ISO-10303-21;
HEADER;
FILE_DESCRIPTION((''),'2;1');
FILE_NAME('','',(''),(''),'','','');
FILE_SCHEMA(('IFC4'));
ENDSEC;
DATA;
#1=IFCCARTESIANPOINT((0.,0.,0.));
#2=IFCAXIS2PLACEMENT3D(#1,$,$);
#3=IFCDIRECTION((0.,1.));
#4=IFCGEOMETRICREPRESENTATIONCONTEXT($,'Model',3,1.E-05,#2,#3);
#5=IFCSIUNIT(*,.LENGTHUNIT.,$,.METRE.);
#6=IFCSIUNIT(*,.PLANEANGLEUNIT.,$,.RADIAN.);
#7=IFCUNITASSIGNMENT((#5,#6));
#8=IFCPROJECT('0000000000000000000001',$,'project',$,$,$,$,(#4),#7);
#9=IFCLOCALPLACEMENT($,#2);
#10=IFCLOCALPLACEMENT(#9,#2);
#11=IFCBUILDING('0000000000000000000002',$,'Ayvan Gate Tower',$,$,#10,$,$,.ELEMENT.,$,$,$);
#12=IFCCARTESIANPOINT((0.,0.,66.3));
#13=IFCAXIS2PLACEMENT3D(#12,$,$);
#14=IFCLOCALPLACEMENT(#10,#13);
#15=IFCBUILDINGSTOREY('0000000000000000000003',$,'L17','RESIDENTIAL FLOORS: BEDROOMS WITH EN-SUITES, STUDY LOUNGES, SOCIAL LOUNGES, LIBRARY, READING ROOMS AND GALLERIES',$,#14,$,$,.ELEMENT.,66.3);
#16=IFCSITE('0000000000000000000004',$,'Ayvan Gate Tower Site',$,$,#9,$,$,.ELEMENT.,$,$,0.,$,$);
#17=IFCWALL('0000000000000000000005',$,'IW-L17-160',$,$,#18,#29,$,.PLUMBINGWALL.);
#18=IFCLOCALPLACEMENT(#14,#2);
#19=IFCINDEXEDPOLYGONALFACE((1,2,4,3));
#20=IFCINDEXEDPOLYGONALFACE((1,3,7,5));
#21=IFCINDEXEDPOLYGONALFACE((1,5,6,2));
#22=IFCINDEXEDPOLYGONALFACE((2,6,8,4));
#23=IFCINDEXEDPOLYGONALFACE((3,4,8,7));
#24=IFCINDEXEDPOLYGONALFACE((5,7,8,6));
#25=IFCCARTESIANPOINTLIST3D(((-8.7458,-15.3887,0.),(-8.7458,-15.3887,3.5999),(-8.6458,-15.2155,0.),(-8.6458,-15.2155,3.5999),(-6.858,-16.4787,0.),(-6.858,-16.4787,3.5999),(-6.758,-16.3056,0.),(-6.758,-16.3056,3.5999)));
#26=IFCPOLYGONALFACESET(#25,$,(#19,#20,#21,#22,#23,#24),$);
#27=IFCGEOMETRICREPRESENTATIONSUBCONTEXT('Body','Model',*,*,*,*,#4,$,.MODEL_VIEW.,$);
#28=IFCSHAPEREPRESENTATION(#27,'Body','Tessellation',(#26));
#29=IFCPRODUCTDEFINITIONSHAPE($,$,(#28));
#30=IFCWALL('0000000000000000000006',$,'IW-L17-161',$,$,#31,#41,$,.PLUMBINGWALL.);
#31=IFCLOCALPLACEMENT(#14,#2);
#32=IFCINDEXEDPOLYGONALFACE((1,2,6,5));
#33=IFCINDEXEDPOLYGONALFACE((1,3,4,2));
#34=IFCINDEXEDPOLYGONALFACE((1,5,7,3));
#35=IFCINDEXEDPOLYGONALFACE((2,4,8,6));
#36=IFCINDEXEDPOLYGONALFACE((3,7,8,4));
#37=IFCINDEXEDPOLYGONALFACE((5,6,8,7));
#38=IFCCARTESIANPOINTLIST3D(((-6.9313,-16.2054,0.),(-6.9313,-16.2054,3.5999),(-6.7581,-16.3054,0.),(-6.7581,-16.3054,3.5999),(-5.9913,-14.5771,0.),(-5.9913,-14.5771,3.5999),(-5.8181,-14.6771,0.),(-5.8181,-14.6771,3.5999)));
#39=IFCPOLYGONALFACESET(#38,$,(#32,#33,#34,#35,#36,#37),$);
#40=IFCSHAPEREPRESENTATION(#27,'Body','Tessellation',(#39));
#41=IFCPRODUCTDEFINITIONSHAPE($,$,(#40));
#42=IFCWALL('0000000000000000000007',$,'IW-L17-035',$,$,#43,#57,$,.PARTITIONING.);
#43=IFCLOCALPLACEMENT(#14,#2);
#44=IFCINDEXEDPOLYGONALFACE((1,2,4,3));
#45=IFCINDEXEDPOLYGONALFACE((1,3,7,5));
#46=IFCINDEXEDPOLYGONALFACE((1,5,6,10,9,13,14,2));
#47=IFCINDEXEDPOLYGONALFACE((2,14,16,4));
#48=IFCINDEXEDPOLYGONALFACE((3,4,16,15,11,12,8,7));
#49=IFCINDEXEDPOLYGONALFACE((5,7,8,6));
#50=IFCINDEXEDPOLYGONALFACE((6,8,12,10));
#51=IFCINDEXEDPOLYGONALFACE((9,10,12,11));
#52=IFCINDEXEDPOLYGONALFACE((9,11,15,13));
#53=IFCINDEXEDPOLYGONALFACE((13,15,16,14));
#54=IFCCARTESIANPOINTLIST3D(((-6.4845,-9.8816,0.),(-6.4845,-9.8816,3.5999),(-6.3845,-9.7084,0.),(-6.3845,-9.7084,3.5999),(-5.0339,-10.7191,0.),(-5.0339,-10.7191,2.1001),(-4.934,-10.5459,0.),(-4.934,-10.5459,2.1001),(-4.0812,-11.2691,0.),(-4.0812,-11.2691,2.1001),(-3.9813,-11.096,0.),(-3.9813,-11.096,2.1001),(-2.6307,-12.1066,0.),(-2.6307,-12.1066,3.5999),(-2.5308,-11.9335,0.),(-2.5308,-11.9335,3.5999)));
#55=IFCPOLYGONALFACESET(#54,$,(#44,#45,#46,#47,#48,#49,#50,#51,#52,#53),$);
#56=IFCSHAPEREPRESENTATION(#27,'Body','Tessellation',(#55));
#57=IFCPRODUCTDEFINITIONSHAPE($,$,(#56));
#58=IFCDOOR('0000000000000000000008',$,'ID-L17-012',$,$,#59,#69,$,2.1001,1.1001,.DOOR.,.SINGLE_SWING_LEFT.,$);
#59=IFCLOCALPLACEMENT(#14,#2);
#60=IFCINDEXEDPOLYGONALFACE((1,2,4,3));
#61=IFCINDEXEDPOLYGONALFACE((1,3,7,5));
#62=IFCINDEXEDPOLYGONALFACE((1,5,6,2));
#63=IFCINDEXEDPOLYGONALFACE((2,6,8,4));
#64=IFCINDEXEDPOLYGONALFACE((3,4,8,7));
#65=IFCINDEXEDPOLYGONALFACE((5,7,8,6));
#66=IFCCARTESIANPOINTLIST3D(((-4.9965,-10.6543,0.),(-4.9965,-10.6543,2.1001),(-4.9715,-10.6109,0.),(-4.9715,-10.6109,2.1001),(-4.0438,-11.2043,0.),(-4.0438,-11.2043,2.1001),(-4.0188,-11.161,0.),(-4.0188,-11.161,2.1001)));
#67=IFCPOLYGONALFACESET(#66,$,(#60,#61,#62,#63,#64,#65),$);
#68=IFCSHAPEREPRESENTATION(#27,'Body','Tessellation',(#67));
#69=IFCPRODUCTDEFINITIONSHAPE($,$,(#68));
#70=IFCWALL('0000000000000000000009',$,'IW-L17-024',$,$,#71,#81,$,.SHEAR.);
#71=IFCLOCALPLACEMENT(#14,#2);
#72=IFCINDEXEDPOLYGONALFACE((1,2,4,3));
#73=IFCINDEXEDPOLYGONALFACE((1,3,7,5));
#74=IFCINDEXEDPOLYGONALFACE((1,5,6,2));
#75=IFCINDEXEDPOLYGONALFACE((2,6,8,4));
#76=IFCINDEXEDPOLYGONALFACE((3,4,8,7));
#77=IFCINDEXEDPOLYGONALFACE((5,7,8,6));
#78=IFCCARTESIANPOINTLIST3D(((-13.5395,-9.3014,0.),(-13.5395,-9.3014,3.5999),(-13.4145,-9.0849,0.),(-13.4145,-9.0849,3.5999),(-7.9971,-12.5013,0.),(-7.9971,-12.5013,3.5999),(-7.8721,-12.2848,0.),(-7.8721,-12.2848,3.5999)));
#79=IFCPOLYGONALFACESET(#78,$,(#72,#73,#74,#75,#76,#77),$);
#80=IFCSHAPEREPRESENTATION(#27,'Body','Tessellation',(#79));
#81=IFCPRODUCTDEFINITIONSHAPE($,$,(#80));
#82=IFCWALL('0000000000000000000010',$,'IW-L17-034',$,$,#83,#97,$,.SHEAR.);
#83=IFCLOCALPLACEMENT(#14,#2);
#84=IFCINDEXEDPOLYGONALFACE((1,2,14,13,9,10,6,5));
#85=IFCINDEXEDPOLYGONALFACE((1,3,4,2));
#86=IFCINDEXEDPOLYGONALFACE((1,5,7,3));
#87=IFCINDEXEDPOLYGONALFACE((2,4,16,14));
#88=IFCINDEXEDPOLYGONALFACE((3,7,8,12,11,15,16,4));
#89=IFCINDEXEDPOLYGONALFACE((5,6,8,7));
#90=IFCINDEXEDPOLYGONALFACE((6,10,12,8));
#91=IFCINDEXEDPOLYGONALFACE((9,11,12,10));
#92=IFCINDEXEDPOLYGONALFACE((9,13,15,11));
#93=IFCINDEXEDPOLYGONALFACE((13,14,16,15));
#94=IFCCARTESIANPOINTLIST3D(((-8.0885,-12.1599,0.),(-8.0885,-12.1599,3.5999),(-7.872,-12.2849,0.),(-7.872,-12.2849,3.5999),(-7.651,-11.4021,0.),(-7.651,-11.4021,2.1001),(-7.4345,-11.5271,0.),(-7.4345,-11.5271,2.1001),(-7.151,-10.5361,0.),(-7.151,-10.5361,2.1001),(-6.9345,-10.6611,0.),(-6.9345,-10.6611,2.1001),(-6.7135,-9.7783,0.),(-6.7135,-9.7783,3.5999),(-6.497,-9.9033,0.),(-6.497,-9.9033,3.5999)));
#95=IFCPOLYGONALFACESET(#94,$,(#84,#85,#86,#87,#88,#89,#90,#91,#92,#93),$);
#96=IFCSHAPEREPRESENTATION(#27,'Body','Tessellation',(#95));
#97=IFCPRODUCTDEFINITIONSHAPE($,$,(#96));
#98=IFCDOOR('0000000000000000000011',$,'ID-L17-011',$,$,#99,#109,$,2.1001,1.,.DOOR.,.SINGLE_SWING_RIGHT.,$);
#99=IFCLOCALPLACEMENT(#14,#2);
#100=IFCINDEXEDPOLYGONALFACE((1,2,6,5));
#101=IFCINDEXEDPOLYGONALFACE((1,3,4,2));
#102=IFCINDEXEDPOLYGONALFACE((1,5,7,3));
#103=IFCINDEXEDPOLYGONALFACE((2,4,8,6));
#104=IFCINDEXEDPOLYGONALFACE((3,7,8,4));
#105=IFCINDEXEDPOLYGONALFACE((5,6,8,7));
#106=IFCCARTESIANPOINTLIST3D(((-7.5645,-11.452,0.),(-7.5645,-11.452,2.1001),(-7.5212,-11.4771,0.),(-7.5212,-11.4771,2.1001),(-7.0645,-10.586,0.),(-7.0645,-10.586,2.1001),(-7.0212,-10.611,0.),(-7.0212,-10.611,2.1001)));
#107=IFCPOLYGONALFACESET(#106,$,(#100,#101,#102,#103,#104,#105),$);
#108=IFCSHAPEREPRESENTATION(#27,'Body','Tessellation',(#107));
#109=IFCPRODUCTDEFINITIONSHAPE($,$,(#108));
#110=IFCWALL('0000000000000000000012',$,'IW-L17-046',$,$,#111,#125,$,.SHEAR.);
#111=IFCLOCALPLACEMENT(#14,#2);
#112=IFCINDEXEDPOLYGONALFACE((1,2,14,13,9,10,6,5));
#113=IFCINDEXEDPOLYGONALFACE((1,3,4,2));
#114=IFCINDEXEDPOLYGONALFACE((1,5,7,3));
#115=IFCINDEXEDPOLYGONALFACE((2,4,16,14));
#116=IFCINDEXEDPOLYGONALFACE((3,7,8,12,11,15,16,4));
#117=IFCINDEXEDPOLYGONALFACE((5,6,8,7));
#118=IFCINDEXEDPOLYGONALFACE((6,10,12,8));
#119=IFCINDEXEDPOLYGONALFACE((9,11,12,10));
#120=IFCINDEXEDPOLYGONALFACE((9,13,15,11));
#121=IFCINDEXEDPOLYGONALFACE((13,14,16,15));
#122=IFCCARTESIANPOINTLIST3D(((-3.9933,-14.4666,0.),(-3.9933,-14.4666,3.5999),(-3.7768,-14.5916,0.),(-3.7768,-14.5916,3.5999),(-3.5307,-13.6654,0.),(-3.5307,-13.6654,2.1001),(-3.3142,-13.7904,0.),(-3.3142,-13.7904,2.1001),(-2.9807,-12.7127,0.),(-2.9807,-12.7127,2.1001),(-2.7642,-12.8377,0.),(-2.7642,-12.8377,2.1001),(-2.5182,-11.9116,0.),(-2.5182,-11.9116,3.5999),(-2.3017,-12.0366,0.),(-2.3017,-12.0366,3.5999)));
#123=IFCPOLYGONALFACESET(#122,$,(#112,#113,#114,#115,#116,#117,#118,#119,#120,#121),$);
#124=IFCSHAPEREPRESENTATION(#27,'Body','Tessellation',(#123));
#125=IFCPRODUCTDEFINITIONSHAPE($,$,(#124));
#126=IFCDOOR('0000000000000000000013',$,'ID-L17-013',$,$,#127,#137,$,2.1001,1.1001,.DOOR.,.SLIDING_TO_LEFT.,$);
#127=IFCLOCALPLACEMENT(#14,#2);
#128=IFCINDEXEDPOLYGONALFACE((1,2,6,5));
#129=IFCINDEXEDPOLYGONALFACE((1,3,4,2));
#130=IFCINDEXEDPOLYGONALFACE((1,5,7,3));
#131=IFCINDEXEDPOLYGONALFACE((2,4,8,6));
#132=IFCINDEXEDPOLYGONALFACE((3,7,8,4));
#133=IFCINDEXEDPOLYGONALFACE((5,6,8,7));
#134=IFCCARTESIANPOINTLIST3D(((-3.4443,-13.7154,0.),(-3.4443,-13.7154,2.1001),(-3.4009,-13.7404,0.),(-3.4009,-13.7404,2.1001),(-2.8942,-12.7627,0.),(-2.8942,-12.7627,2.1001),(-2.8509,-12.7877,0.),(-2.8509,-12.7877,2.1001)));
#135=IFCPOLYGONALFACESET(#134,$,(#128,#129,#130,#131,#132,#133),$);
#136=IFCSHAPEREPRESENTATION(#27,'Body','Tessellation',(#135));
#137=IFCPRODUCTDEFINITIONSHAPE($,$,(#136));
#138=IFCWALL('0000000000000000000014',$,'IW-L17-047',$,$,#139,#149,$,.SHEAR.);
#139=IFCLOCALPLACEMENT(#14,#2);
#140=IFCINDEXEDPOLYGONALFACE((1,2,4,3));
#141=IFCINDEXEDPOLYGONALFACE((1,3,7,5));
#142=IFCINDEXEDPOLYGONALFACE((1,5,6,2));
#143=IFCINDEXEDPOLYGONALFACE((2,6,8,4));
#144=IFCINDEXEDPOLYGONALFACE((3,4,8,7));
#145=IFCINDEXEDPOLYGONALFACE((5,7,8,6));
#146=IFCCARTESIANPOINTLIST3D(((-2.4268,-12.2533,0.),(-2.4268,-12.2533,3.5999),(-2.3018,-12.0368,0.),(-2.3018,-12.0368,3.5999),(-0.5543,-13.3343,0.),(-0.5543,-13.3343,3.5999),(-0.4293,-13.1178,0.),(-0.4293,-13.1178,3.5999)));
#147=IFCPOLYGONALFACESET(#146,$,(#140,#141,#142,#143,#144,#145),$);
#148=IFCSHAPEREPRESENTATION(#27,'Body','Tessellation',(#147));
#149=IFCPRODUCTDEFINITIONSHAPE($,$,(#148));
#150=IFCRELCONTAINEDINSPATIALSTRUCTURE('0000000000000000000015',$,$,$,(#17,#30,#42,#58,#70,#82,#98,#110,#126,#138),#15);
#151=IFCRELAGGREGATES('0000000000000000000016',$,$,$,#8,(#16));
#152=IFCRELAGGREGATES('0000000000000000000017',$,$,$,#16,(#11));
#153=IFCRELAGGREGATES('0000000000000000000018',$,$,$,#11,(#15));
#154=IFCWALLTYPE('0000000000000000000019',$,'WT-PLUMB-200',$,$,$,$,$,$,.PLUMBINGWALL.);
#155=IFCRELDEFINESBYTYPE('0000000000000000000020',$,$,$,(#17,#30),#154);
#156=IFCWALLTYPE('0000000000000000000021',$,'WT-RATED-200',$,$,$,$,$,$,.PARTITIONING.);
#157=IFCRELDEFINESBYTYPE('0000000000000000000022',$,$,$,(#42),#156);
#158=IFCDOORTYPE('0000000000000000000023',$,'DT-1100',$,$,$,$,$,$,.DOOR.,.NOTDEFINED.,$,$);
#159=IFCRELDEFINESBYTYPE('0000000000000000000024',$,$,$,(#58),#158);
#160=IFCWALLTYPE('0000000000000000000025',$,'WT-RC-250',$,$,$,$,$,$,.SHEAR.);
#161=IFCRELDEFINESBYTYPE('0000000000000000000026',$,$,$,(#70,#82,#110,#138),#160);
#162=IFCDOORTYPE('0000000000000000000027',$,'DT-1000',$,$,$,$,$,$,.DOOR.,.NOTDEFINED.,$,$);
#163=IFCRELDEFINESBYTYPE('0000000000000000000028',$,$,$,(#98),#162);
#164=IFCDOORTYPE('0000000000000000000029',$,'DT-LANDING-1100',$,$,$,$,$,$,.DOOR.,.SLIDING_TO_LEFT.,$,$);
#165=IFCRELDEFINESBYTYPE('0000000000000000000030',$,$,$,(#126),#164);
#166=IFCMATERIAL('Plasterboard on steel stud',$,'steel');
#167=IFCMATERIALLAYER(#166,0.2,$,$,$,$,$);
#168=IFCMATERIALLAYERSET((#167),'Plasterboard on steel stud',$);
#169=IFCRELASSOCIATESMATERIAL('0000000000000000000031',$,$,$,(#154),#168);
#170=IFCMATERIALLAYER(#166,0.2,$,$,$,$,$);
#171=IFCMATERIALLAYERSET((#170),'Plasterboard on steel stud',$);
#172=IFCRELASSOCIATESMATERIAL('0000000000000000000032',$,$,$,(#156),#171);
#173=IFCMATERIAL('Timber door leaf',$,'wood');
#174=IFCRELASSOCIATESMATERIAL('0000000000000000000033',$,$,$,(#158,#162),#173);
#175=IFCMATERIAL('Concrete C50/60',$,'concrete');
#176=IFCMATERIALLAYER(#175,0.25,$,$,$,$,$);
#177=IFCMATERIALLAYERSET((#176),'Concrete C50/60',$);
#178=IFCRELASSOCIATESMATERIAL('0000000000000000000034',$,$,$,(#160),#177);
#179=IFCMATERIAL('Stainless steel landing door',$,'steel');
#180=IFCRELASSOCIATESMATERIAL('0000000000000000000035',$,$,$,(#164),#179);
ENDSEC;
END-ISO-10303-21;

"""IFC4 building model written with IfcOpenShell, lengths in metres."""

from ifc_helpers import new_model, si_unit, direction, frame, frame_2d, origin, place, context, subcontext, project, spatial, rectangle, extrude, material, layer, layer_set, type_object, element, fill, save


model = new_model("IFC4")

# Units and contexts
model_context = context("Model", 3, precision=1e-05, world=origin(), true_north=direction((0.0, 1.0)))
body_context = subcontext(model_context, "Body", "Model", "MODEL_VIEW")
ifc_project = project(units=[si_unit("LENGTHUNIT", "METRE"), si_unit("PLANEANGLEUNIT", "RADIAN")], contexts=[model_context])

# Site, building, storey
site_placement = place(None, origin())
site = spatial("IfcSite", under=ifc_project, at=site_placement, Name="Ayvan Gate Tower Site", CompositionType="ELEMENT", RefElevation=0.0)
building_placement = place(site_placement, origin())
building = spatial("IfcBuilding", under=site, at=building_placement, Name="Ayvan Gate Tower", CompositionType="ELEMENT")
storey_placement = place(building_placement, frame((0.0, 0.0, 66.3)))
storey = spatial("IfcBuildingStorey", under=building, at=storey_placement, Name="L17", Description="RESIDENTIAL FLOORS: BEDROOMS WITH EN-SUITES, STUDY LOUNGES, SOCIAL LOUNGES, LIBRARY, READING ROOMS AND GALLERIES", CompositionType="ELEMENT", Elevation=66.3)

# Walls
ifc_material_1 = material(Name="Plasterboard on steel stud", Category="steel")
ifc_layer_1 = layer(ifc_material_1, 0.2)
ifc_layer_set_1 = layer_set([ifc_layer_1], Name="Plasterboard on steel stud")
wall_type_1 = type_object("IfcWallType", Name="WT-PLUMB-200", PredefinedType="PLUMBINGWALL", material=ifc_layer_set_1)
wall_1_placement = place(storey_placement, frame((-6.8081, -16.3921, 0.0), z_axis=(0.0, 0.0, 1.0), x_axis=(-0.866008, 0.500029, 0.0)))
element("IfcWall", 1, at=wall_1_placement, inside=storey, type_object=wall_type_1, Name="IW-L17-160", PredefinedType="PLUMBINGWALL", context=body_context, shape_type="SweptSolid", body=[
    extrude(rectangle(XDim=2.1799, YDim=0.2, at=frame_2d((1.0898, 0.0))), origin(), (0.0, 0.0, 1.0), 3.5999),
])
wall_2_placement = place(storey_placement, frame((-5.9048, -14.6272, 0.0), z_axis=(0.0, 0.0, 1.0), x_axis=(-0.499966, -0.866045, 0.0)))
element("IfcWall", 2, at=wall_2_placement, inside=storey, type_object=wall_type_1, Name="IW-L17-161", PredefinedType="PLUMBINGWALL", context=body_context, shape_type="SweptSolid", body=[
    extrude(rectangle(XDim=1.8801, YDim=0.2, at=frame_2d((0.9399, 0.0))), origin(), (0.0, 0.0, 1.0), 3.5999),
])

# Wall, opening, door
ifc_layer_2 = layer(ifc_material_1, 0.2)
ifc_layer_set_2 = layer_set([ifc_layer_2], Name="Plasterboard on steel stud")
wall_type_2 = type_object("IfcWallType", Name="WT-RATED-200", PredefinedType="PARTITIONING", material=ifc_layer_set_2)
wall_3_placement = place(storey_placement, frame((-6.4346, -9.7949, 0.0), z_axis=(0.0, 0.0, 1.0), x_axis=(0.866013, -0.500022, 0.0)))
wall_3 = element("IfcWall", 3, at=wall_3_placement, inside=storey, type_object=wall_type_2, Name="IW-L17-035", PredefinedType="PARTITIONING", context=body_context, shape_type="SweptSolid", body=[
    extrude(rectangle(XDim=4.45, YDim=0.2, at=frame_2d((2.2251, 0.0))), origin(), (0.0, 0.0, 1.0), 3.5999),
])
opening_1_placement = place(wall_3_placement, frame((1.675, 0.0, 0.0)))
opening_1 = element("IfcOpeningElement", 4, at=opening_1_placement, cuts=wall_3, PredefinedType="OPENING", context=body_context, shape_type="SweptSolid", body=[
    extrude(rectangle(XDim=1.1001, YDim=2.1001, at=frame_2d((0.55, 1.05))), frame((0.0, 0.1099, 0.0), z_axis=(0.0, -1.0, 0.0), x_axis=(1.0, 0.0, 0.0)), (0.0, 0.0, 1.0), 0.22),
])
ifc_material_2 = material(Name="Timber door leaf", Category="wood")
door_type_1 = type_object("IfcDoorType", Name="DT-1100", OperationType="NOTDEFINED", PredefinedType="DOOR", material=ifc_material_2)
door_1_placement = place(opening_1_placement, origin())
door_1 = element("IfcDoor", 5, at=door_1_placement, inside=storey, type_object=door_type_1, Name="ID-L17-012", OperationType="SINGLE_SWING_LEFT", OverallHeight=2.1001, OverallWidth=1.1001, PredefinedType="DOOR", context=body_context, shape_type="SweptSolid", body=[
    extrude(rectangle(XDim=1.1001, YDim=2.1001, at=frame_2d((0.55, 1.05))), frame((0.0, 0.0249, 0.0), z_axis=(0.0, -1.0, 0.0), x_axis=(1.0, 0.0, 0.0)), (0.0, 0.0, 1.0), 0.05),
])
fill(opening_1, door_1)

# Wall
ifc_material_3 = material(Name="Concrete C50/60", Category="concrete")
ifc_layer_3 = layer(ifc_material_3, 0.25)
ifc_layer_set_3 = layer_set([ifc_layer_3], Name="Concrete C50/60")
wall_type_3 = type_object("IfcWallType", Name="WT-RC-250", PredefinedType="SHEAR", material=ifc_layer_set_3)
wall_4_placement = place(storey_placement, frame((-7.9346, -12.3931, 0.0), z_axis=(0.0, 0.0, 1.0), x_axis=(-0.866025, 0.5, 0.0)))
element("IfcWall", 6, at=wall_4_placement, inside=storey, type_object=wall_type_3, Name="IW-L17-024", PredefinedType="SHEAR", context=body_context, shape_type="SweptSolid", body=[
    extrude(rectangle(XDim=6.3999, YDim=0.25, at=frame_2d((3.2, 0.0))), origin(), (0.0, 0.0, 1.0), 3.5999),
])

# Walls, openings, doors
wall_5_placement = place(storey_placement, frame((-6.6052, -9.8408, 0.0), z_axis=(0.0, 0.0, 1.0), x_axis=(-0.499997, -0.866027, 0.0)))
wall_5 = element("IfcWall", 7, at=wall_5_placement, inside=storey, type_object=wall_type_3, Name="IW-L17-034", PredefinedType="SHEAR", context=body_context, shape_type="SweptSolid", body=[
    extrude(rectangle(XDim=2.75, YDim=0.25, at=frame_2d((1.375, 0.0))), origin(), (0.0, 0.0, 1.0), 3.5999),
])
opening_2_placement = place(wall_5_placement, frame((0.875, 0.0, 0.0)))
opening_2 = element("IfcOpeningElement", 8, at=opening_2_placement, cuts=wall_5, PredefinedType="OPENING", context=body_context, shape_type="SweptSolid", body=[
    extrude(rectangle(XDim=1.0, YDim=2.1001, at=frame_2d((0.5, 1.05))), frame((0.0, 0.135, 0.0), z_axis=(0.0, -1.0, 0.0), x_axis=(1.0, 0.0, 0.0)), (0.0, 0.0, 1.0), 0.27),
])
door_type_2 = type_object("IfcDoorType", Name="DT-1000", OperationType="NOTDEFINED", PredefinedType="DOOR", material=ifc_material_2)
door_2_placement = place(opening_2_placement, origin())
door_2 = element("IfcDoor", 9, at=door_2_placement, inside=storey, type_object=door_type_2, Name="ID-L17-011", OperationType="SINGLE_SWING_RIGHT", OverallHeight=2.1001, OverallWidth=1.0, PredefinedType="DOOR", context=body_context, shape_type="SweptSolid", body=[
    extrude(rectangle(XDim=1.0, YDim=2.1001, at=frame_2d((0.5, 1.05))), frame((0.0, 0.0249, 0.0), z_axis=(0.0, -1.0, 0.0), x_axis=(1.0, 0.0, 0.0)), (0.0, 0.0, 1.0), 0.05),
])
fill(opening_2, door_2)
wall_6_placement = place(storey_placement, frame((-2.4099, -11.9741, 0.0), z_axis=(0.0, 0.0, 1.0), x_axis=(-0.500002, -0.866024, 0.0)))
wall_6 = element("IfcWall", 10, at=wall_6_placement, inside=storey, type_object=wall_type_3, Name="IW-L17-046", PredefinedType="SHEAR", context=body_context, shape_type="SweptSolid", body=[
    extrude(rectangle(XDim=2.9502, YDim=0.25, at=frame_2d((1.4751, 0.0))), origin(), (0.0, 0.0, 1.0), 3.5999),
])
opening_3_placement = place(wall_6_placement, frame((0.925, 0.0, 0.0)))
opening_3 = element("IfcOpeningElement", 11, at=opening_3_placement, cuts=wall_6, PredefinedType="OPENING", context=body_context, shape_type="SweptSolid", body=[
    extrude(rectangle(XDim=1.1001, YDim=2.1001, at=frame_2d((0.55, 1.05))), frame((0.0, 0.135, 0.0), z_axis=(0.0, -1.0, 0.0), x_axis=(1.0, 0.0, 0.0)), (0.0, 0.0, 1.0), 0.27),
])
ifc_material_4 = material(Name="Stainless steel landing door", Category="steel")
door_type_3 = type_object("IfcDoorType", Name="DT-LANDING-1100", OperationType="SLIDING_TO_LEFT", PredefinedType="DOOR", material=ifc_material_4)
door_3_placement = place(opening_3_placement, origin())
door_3 = element("IfcDoor", 12, at=door_3_placement, inside=storey, type_object=door_type_3, Name="ID-L17-013", OperationType="SLIDING_TO_LEFT", OverallHeight=2.1001, OverallWidth=1.1001, PredefinedType="DOOR", context=body_context, shape_type="SweptSolid", body=[
    extrude(rectangle(XDim=1.1001, YDim=2.1001, at=frame_2d((0.55, 1.05))), frame((0.0, 0.0249, 0.0), z_axis=(0.0, -1.0, 0.0), x_axis=(1.0, 0.0, 0.0)), (0.0, 0.0, 1.0), 0.05),
])
fill(opening_3, door_3)

# Wall
wall_7_placement = place(storey_placement, frame((-2.3643, -12.145, 0.0), z_axis=(0.0, 0.0, 1.0), x_axis=(0.866039, -0.499977, 0.0)))
element("IfcWall", 13, at=wall_7_placement, inside=storey, type_object=wall_type_3, Name="IW-L17-047", PredefinedType="SHEAR", context=body_context, shape_type="SweptSolid", body=[
    extrude(rectangle(XDim=2.1621, YDim=0.25, at=frame_2d((1.0811, 0.0))), origin(), (0.0, 0.0, 1.0), 3.5999),
])

save(model, "model.ifc")
